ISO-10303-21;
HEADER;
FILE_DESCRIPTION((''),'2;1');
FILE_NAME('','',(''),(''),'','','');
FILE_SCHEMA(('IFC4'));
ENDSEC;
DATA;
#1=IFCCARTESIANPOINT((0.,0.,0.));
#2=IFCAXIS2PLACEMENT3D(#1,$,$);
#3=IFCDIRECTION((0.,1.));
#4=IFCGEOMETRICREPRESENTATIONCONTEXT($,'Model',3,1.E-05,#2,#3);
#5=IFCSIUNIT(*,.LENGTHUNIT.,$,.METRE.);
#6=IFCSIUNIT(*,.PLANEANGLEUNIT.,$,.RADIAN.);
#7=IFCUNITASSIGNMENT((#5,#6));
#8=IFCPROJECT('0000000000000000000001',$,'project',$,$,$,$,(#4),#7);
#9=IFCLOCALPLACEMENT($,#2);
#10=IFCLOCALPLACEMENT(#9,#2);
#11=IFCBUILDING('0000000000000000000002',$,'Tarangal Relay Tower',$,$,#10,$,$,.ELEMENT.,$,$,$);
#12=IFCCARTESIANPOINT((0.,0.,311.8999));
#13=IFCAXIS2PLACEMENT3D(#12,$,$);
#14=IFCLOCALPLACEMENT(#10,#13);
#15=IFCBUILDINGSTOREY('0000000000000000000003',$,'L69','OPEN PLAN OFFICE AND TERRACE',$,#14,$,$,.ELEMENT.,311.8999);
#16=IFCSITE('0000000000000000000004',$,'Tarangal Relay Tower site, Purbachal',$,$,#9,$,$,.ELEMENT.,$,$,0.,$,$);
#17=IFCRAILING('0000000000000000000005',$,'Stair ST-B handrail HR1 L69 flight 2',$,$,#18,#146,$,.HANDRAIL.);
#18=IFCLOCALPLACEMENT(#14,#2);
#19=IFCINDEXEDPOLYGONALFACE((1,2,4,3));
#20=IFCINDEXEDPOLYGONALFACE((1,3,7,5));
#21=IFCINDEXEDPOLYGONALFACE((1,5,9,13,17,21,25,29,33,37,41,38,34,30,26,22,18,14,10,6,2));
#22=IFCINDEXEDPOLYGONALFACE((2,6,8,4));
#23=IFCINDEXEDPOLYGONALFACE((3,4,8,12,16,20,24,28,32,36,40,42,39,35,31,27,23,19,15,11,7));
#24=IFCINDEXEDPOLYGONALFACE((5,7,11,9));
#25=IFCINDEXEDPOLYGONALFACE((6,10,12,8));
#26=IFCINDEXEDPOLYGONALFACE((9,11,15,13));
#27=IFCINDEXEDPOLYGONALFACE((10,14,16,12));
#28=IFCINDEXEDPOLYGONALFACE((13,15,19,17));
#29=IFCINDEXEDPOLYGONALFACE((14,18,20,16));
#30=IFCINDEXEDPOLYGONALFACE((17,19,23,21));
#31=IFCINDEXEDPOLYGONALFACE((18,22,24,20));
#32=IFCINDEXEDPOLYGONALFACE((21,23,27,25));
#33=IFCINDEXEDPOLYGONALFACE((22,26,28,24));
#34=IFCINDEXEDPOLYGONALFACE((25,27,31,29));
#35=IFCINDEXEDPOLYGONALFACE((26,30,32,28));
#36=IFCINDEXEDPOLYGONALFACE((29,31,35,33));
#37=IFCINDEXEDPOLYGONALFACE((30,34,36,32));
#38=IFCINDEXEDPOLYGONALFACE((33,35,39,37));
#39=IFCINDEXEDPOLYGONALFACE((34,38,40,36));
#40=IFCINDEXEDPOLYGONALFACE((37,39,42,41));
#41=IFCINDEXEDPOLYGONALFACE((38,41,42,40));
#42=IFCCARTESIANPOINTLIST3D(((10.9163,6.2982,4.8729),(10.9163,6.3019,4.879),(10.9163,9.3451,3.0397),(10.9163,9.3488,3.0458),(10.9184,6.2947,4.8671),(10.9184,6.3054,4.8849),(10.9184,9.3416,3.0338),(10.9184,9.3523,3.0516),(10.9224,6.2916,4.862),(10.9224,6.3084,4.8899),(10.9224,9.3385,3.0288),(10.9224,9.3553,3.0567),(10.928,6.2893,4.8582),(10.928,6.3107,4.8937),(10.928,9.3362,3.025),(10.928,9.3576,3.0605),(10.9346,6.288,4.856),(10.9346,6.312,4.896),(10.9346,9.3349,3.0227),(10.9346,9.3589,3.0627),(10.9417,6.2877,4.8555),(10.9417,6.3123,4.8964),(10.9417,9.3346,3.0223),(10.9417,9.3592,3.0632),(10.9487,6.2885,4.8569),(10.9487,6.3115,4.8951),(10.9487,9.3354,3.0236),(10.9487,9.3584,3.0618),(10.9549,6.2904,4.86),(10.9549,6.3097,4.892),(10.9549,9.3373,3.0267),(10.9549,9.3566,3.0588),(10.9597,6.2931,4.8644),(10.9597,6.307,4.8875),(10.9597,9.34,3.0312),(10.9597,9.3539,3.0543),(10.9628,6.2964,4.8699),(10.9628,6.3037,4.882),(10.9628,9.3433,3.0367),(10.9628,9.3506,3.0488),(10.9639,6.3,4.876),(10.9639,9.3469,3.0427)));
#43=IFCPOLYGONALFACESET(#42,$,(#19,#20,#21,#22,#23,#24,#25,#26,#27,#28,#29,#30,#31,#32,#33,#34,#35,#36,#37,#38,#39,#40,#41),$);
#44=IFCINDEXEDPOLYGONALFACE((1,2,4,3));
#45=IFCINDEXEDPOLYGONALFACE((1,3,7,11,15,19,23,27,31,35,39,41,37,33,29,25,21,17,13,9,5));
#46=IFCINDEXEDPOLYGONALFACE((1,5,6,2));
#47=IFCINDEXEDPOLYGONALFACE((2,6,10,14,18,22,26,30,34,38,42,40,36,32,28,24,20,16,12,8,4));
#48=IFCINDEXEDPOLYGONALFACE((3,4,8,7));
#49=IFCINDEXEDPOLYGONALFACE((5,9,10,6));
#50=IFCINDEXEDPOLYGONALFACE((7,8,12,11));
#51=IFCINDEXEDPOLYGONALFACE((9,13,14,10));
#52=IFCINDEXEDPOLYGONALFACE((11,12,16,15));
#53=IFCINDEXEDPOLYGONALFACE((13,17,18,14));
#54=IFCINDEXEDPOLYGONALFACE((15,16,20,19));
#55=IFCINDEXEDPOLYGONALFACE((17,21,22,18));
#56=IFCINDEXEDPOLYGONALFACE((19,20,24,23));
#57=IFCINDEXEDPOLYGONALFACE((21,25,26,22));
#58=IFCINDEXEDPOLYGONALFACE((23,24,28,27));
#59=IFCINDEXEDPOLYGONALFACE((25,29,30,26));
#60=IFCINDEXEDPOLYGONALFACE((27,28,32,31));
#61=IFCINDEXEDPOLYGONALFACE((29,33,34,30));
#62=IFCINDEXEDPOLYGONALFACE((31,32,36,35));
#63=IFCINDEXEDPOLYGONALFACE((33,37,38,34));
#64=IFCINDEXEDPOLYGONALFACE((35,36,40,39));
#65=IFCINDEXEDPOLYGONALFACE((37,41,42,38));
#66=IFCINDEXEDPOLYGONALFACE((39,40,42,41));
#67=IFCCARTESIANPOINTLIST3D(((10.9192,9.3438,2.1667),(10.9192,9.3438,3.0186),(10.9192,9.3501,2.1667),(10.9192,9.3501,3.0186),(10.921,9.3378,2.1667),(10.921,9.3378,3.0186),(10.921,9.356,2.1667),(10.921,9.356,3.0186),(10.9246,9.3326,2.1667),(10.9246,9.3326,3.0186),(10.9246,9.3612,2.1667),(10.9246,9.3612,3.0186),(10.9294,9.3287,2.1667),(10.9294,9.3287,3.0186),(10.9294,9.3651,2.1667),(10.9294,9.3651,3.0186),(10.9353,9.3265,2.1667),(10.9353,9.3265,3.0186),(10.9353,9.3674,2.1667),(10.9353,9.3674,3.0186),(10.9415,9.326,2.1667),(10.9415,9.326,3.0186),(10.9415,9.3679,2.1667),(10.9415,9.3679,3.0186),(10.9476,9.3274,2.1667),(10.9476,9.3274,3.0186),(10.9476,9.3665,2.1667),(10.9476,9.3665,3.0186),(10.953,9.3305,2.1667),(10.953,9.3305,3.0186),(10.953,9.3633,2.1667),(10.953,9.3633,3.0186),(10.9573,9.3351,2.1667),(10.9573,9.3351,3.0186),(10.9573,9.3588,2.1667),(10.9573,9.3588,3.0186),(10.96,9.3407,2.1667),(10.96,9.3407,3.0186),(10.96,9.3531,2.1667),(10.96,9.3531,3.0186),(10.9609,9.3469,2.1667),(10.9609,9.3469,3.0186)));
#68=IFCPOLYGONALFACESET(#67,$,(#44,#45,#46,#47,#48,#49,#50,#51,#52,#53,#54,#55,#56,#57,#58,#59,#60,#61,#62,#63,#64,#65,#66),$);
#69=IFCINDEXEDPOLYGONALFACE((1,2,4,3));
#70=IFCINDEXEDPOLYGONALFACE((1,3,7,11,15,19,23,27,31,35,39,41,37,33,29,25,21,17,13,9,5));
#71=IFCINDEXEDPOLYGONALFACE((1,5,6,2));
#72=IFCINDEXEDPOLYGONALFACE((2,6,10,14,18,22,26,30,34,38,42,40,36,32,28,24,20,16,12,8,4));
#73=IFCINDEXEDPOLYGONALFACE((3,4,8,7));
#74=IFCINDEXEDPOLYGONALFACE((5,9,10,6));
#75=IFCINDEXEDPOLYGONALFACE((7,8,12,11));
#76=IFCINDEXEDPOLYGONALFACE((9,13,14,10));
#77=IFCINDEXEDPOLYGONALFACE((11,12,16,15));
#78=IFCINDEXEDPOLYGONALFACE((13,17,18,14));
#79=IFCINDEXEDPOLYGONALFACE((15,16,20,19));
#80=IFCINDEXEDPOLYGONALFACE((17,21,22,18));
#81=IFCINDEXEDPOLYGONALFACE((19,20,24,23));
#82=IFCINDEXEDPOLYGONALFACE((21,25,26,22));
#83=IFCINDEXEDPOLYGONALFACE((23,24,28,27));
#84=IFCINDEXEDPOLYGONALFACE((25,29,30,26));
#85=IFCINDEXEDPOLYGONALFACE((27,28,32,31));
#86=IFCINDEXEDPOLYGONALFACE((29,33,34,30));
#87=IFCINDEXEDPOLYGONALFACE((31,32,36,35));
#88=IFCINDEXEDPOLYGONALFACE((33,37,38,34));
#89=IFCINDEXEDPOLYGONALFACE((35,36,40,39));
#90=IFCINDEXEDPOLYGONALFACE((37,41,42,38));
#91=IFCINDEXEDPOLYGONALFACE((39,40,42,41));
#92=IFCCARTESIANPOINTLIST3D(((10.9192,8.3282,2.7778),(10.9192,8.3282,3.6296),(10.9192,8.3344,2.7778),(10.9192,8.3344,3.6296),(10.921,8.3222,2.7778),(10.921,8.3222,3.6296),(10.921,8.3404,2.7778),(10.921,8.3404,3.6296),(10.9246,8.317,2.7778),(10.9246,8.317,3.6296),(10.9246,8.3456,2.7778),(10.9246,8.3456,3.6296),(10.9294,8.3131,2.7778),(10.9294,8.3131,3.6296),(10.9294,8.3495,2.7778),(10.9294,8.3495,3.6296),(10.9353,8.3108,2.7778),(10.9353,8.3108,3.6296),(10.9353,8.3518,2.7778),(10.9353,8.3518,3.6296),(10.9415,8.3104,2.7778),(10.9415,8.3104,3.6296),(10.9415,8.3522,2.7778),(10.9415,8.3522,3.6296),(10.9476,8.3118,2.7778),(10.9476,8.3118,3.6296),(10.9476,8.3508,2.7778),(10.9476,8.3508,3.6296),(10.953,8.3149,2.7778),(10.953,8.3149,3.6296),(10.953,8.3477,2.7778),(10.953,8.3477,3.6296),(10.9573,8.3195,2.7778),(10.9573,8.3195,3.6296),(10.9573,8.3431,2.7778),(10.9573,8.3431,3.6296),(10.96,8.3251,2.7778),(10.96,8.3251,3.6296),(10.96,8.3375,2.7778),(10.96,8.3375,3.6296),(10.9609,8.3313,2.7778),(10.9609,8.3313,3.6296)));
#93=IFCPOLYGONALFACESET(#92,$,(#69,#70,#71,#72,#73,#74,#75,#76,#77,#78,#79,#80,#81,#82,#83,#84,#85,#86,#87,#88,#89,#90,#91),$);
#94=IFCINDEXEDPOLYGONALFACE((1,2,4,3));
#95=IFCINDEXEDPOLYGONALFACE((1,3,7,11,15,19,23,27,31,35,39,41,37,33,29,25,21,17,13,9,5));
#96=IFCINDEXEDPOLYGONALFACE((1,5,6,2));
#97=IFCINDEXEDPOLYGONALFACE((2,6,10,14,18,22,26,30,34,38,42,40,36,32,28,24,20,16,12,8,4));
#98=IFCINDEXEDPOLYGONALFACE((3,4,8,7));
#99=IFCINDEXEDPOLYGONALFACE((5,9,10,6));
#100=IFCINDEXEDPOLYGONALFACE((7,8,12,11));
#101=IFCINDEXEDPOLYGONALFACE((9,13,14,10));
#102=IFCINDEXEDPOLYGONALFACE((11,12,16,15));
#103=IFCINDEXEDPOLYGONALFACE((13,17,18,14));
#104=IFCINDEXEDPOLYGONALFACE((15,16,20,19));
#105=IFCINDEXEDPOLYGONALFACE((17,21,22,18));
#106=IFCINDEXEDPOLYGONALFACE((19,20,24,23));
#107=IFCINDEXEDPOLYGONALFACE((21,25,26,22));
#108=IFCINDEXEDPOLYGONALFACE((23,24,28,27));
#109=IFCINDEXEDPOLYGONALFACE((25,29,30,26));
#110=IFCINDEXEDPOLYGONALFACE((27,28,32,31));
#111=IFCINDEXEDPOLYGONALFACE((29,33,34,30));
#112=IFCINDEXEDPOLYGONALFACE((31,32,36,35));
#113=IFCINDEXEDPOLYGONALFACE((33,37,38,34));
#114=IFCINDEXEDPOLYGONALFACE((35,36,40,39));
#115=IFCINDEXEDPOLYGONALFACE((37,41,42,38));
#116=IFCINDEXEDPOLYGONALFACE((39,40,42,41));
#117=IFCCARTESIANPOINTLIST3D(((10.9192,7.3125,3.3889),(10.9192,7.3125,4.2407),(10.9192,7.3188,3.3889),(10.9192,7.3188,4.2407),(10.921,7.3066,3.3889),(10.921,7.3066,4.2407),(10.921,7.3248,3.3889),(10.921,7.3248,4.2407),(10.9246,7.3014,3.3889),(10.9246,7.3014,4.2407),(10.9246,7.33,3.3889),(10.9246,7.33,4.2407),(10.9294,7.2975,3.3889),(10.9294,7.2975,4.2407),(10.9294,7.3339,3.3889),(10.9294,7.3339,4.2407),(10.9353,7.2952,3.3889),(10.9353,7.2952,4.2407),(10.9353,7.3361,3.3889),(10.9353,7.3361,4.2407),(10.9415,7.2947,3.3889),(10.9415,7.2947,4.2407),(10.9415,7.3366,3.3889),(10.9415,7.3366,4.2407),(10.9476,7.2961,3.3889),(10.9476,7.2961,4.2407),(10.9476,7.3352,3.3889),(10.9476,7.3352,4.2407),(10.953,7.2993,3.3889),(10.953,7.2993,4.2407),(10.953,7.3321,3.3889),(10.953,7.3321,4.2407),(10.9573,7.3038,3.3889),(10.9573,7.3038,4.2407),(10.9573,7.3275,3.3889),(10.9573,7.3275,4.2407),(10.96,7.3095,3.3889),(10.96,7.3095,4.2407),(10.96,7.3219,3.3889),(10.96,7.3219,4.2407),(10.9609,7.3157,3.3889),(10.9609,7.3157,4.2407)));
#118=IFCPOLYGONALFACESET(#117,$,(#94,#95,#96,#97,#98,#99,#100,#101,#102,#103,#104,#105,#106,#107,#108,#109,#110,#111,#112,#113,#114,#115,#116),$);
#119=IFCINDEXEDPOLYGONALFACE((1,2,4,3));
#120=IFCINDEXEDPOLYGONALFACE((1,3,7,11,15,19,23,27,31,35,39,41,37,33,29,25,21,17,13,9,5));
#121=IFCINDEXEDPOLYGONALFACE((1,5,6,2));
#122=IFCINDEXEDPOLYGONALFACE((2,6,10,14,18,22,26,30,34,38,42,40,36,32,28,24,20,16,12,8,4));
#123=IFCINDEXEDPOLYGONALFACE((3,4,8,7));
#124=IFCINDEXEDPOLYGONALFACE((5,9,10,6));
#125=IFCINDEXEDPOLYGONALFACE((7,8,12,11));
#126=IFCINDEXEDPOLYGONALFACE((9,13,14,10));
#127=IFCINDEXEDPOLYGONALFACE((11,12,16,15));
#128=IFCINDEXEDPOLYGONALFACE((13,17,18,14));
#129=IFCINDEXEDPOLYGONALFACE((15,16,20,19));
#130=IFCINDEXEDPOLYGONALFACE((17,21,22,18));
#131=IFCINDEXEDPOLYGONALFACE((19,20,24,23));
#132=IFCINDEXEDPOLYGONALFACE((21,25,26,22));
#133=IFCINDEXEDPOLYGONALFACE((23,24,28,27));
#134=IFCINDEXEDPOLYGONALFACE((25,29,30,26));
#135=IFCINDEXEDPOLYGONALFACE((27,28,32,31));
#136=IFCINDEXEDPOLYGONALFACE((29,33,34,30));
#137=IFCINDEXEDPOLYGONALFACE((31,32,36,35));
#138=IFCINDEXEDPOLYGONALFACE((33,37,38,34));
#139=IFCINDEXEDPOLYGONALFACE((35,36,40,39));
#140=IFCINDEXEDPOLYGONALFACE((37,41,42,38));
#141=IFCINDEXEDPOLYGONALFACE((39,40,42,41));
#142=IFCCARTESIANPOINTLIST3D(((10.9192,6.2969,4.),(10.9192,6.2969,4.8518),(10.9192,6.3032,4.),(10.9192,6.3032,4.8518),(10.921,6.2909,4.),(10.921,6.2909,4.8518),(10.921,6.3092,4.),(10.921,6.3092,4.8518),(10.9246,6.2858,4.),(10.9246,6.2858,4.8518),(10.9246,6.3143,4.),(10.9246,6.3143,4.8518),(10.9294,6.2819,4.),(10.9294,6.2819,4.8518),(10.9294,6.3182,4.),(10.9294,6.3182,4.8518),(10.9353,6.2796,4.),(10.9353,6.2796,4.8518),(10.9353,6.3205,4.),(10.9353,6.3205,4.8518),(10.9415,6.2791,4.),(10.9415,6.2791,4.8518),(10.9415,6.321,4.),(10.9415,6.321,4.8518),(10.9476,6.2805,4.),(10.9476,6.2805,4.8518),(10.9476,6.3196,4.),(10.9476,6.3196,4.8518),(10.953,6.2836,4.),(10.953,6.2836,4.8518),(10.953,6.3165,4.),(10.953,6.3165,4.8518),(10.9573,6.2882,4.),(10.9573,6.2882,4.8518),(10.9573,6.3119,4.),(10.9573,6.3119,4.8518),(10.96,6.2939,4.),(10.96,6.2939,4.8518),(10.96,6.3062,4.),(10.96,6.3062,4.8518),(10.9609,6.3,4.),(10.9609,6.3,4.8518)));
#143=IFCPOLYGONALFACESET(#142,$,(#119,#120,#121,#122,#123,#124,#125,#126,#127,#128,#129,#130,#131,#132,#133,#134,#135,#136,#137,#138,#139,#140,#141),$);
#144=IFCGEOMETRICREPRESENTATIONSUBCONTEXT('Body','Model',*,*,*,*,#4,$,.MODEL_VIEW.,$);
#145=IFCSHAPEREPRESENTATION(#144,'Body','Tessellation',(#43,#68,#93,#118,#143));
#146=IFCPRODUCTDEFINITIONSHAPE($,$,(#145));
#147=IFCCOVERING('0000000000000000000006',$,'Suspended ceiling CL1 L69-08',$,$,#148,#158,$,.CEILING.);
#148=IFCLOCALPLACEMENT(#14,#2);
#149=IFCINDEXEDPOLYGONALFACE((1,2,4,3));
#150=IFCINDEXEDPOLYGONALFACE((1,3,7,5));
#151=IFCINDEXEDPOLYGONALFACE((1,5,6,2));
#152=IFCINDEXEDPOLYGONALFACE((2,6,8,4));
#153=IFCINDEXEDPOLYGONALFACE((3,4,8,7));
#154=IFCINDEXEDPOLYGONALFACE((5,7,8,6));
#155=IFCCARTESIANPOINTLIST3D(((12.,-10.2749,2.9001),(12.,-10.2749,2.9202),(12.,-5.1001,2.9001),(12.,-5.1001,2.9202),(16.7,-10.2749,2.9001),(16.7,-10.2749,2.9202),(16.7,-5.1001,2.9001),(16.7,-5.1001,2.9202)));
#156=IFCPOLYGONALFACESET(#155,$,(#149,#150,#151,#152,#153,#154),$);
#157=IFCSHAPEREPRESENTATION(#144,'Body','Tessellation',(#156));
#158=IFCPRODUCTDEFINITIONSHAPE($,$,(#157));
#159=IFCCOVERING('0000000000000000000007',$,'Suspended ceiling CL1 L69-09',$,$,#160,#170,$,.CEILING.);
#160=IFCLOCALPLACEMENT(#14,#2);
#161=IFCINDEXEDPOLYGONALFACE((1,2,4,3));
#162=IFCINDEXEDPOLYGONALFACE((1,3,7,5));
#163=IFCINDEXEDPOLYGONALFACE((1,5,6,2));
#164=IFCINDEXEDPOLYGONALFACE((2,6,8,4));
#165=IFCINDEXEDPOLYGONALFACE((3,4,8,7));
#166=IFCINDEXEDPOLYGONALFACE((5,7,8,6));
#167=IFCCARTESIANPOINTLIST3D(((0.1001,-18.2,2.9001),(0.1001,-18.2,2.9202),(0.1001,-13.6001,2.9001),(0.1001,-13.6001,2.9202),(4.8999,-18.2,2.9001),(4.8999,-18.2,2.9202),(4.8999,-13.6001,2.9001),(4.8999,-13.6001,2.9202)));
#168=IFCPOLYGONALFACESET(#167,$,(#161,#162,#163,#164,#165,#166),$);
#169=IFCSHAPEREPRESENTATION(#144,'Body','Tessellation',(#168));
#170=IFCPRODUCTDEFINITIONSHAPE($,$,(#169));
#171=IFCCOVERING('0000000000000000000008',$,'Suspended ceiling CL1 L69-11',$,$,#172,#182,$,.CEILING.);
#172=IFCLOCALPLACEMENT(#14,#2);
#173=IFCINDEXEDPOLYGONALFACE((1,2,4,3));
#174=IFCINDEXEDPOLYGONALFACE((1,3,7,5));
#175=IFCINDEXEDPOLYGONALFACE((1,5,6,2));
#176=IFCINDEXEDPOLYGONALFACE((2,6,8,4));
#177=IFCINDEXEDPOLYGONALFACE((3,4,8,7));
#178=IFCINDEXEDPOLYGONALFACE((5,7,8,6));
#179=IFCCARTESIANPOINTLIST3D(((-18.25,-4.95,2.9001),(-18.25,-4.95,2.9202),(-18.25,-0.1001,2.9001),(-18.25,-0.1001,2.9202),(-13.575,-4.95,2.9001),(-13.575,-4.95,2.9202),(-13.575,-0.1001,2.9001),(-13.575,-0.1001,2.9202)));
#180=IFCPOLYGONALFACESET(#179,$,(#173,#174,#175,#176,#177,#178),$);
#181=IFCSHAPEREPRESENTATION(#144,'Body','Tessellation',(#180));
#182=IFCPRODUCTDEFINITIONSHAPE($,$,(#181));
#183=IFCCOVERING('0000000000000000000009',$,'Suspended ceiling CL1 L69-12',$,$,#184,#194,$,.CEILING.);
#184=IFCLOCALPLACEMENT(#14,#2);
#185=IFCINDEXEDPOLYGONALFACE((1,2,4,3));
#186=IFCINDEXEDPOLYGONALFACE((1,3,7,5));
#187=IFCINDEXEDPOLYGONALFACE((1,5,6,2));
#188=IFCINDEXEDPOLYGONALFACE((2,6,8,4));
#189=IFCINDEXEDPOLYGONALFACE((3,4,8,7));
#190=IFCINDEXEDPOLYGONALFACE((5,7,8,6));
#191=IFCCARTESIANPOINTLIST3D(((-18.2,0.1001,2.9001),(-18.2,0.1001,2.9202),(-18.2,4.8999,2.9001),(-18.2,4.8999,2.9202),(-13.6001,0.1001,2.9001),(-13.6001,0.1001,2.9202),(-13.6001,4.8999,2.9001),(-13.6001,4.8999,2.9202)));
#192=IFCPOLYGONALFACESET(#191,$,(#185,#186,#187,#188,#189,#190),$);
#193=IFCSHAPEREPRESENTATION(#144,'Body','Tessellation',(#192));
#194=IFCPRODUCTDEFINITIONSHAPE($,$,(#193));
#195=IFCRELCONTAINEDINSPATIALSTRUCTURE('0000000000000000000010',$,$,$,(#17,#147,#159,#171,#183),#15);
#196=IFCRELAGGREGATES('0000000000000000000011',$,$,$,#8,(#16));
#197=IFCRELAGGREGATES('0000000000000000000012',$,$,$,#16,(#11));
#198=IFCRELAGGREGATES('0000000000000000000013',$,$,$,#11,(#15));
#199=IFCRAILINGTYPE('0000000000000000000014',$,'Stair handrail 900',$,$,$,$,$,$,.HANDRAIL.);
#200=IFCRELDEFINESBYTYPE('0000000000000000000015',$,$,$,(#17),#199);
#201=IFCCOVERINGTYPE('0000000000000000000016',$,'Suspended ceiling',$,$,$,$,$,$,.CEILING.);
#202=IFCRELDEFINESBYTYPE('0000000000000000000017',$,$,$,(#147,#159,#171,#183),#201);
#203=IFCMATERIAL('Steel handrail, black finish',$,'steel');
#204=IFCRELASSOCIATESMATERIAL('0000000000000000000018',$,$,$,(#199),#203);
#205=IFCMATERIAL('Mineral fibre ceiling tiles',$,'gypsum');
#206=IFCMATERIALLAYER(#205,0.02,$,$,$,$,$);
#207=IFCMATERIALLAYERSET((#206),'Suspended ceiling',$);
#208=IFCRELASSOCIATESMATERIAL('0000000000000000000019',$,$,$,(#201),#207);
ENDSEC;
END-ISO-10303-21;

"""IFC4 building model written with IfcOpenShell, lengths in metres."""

from ifc_helpers import new_model, si_unit, direction, frame, origin, origin_2d, place, context, subcontext, project, spatial, polyline, circle, outline, extrude, material, layer, layer_set, type_object, element, save


model = new_model("IFC4")

# Units and contexts
model_context = context("Model", 3, precision=1e-05, world=origin(), true_north=direction((0.0, 1.0)))
body_context = subcontext(model_context, "Body", "Model", "MODEL_VIEW")
ifc_project = project(units=[si_unit("LENGTHUNIT", "METRE"), si_unit("PLANEANGLEUNIT", "RADIAN")], contexts=[model_context])

# Site, building, storey
site_placement = place(None, origin())
site = spatial("IfcSite", under=ifc_project, at=site_placement, Name="Tarangal Relay Tower site, Purbachal", CompositionType="ELEMENT", RefElevation=0.0)
building_placement = place(site_placement, origin())
building = spatial("IfcBuilding", under=site, at=building_placement, Name="Tarangal Relay Tower", CompositionType="ELEMENT")
storey_placement = place(building_placement, frame((0.0, 0.0, 311.8999)))
storey = spatial("IfcBuildingStorey", under=building, at=storey_placement, Name="L69", Description="OPEN PLAN OFFICE AND TERRACE", CompositionType="ELEMENT", Elevation=311.8999)

# Railing
ifc_material_1 = material(Name="Steel handrail, black finish", Category="steel")
railing_type_1 = type_object("IfcRailingType", Name="Stair handrail 900", PredefinedType="HANDRAIL", material=ifc_material_1)
railing_1_placement = place(storey_placement, frame((10.9399, 9.3469, 2.1667)))
element("IfcRailing", 1, at=railing_1_placement, inside=storey, type_object=railing_type_1, Name="Stair ST-B handrail HR1 L69 flight 2", PredefinedType="HANDRAIL", context=body_context, shape_type="SweptSolid", body=[
    extrude(circle(Radius=0.0239, at=origin_2d()), frame((0.0, 0.0, 0.876), z_axis=(0.0, -0.856856, 0.515556), x_axis=(1.0, 0.0, 0.0)), (0.0, 0.0, 1.0), 3.5559),
    extrude(circle(Radius=0.021, at=origin_2d()), origin(), (0.0, 0.0, 1.0), 0.8518),
    extrude(circle(Radius=0.021, at=origin_2d()), frame((0.0, -1.0156, 0.6111)), (0.0, 0.0, 1.0), 0.8518),
    extrude(circle(Radius=0.021, at=origin_2d()), frame((0.0, -2.0312, 1.2222)), (0.0, 0.0, 1.0), 0.8518),
    extrude(circle(Radius=0.021, at=origin_2d()), frame((0.0, -3.0469, 1.8333)), (0.0, 0.0, 1.0), 0.8518),
])

# Coverings
ifc_material_2 = material(Name="Mineral fibre ceiling tiles", Category="gypsum")
ifc_layer_1 = layer(ifc_material_2, 0.02)
ifc_layer_set_1 = layer_set([ifc_layer_1], Name="Suspended ceiling")
covering_type = type_object("IfcCoveringType", Name="Suspended ceiling", PredefinedType="CEILING", material=ifc_layer_set_1)
covering_1_placement = place(storey_placement, frame((0.0, 0.0, 2.9001)))
element("IfcCovering", 2, at=covering_1_placement, inside=storey, type_object=covering_type, Name="Suspended ceiling CL1 L69-08", PredefinedType="CEILING", context=body_context, shape_type="SweptSolid", body=[
    extrude(outline(polyline([(12.0, -10.2749), (16.7, -10.2749), (16.7, -5.1001), (12.0, -5.1001), (12.0, -10.2749)])), origin(), (0.0, 0.0, 1.0), 0.02),
])
covering_2_placement = place(storey_placement, frame((0.0, 0.0, 2.9001)))
element("IfcCovering", 3, at=covering_2_placement, inside=storey, type_object=covering_type, Name="Suspended ceiling CL1 L69-09", PredefinedType="CEILING", context=body_context, shape_type="SweptSolid", body=[
    extrude(outline(polyline([(0.1001, -18.2), (4.8999, -18.2), (4.8999, -13.6001), (0.1001, -13.6001), (0.1001, -18.2)])), origin(), (0.0, 0.0, 1.0), 0.02),
])
covering_3_placement = place(storey_placement, frame((0.0, 0.0, 2.9001)))
element("IfcCovering", 4, at=covering_3_placement, inside=storey, type_object=covering_type, Name="Suspended ceiling CL1 L69-11", PredefinedType="CEILING", context=body_context, shape_type="SweptSolid", body=[
    extrude(outline(polyline([(-13.575, -4.95), (-13.575, -0.1001), (-18.25, -0.1001), (-18.25, -4.95), (-13.575, -4.95)])), origin(), (0.0, 0.0, 1.0), 0.02),
])
covering_4_placement = place(storey_placement, frame((0.0, 0.0, 2.9001)))
element("IfcCovering", 5, at=covering_4_placement, inside=storey, type_object=covering_type, Name="Suspended ceiling CL1 L69-12", PredefinedType="CEILING", context=body_context, shape_type="SweptSolid", body=[
    extrude(outline(polyline([(-13.6001, 4.8999), (-18.2, 4.8999), (-18.2, 0.1001), (-13.6001, 0.1001), (-13.6001, 4.8999)])), origin(), (0.0, 0.0, 1.0), 0.02),
])

save(model, "model.ifc")
